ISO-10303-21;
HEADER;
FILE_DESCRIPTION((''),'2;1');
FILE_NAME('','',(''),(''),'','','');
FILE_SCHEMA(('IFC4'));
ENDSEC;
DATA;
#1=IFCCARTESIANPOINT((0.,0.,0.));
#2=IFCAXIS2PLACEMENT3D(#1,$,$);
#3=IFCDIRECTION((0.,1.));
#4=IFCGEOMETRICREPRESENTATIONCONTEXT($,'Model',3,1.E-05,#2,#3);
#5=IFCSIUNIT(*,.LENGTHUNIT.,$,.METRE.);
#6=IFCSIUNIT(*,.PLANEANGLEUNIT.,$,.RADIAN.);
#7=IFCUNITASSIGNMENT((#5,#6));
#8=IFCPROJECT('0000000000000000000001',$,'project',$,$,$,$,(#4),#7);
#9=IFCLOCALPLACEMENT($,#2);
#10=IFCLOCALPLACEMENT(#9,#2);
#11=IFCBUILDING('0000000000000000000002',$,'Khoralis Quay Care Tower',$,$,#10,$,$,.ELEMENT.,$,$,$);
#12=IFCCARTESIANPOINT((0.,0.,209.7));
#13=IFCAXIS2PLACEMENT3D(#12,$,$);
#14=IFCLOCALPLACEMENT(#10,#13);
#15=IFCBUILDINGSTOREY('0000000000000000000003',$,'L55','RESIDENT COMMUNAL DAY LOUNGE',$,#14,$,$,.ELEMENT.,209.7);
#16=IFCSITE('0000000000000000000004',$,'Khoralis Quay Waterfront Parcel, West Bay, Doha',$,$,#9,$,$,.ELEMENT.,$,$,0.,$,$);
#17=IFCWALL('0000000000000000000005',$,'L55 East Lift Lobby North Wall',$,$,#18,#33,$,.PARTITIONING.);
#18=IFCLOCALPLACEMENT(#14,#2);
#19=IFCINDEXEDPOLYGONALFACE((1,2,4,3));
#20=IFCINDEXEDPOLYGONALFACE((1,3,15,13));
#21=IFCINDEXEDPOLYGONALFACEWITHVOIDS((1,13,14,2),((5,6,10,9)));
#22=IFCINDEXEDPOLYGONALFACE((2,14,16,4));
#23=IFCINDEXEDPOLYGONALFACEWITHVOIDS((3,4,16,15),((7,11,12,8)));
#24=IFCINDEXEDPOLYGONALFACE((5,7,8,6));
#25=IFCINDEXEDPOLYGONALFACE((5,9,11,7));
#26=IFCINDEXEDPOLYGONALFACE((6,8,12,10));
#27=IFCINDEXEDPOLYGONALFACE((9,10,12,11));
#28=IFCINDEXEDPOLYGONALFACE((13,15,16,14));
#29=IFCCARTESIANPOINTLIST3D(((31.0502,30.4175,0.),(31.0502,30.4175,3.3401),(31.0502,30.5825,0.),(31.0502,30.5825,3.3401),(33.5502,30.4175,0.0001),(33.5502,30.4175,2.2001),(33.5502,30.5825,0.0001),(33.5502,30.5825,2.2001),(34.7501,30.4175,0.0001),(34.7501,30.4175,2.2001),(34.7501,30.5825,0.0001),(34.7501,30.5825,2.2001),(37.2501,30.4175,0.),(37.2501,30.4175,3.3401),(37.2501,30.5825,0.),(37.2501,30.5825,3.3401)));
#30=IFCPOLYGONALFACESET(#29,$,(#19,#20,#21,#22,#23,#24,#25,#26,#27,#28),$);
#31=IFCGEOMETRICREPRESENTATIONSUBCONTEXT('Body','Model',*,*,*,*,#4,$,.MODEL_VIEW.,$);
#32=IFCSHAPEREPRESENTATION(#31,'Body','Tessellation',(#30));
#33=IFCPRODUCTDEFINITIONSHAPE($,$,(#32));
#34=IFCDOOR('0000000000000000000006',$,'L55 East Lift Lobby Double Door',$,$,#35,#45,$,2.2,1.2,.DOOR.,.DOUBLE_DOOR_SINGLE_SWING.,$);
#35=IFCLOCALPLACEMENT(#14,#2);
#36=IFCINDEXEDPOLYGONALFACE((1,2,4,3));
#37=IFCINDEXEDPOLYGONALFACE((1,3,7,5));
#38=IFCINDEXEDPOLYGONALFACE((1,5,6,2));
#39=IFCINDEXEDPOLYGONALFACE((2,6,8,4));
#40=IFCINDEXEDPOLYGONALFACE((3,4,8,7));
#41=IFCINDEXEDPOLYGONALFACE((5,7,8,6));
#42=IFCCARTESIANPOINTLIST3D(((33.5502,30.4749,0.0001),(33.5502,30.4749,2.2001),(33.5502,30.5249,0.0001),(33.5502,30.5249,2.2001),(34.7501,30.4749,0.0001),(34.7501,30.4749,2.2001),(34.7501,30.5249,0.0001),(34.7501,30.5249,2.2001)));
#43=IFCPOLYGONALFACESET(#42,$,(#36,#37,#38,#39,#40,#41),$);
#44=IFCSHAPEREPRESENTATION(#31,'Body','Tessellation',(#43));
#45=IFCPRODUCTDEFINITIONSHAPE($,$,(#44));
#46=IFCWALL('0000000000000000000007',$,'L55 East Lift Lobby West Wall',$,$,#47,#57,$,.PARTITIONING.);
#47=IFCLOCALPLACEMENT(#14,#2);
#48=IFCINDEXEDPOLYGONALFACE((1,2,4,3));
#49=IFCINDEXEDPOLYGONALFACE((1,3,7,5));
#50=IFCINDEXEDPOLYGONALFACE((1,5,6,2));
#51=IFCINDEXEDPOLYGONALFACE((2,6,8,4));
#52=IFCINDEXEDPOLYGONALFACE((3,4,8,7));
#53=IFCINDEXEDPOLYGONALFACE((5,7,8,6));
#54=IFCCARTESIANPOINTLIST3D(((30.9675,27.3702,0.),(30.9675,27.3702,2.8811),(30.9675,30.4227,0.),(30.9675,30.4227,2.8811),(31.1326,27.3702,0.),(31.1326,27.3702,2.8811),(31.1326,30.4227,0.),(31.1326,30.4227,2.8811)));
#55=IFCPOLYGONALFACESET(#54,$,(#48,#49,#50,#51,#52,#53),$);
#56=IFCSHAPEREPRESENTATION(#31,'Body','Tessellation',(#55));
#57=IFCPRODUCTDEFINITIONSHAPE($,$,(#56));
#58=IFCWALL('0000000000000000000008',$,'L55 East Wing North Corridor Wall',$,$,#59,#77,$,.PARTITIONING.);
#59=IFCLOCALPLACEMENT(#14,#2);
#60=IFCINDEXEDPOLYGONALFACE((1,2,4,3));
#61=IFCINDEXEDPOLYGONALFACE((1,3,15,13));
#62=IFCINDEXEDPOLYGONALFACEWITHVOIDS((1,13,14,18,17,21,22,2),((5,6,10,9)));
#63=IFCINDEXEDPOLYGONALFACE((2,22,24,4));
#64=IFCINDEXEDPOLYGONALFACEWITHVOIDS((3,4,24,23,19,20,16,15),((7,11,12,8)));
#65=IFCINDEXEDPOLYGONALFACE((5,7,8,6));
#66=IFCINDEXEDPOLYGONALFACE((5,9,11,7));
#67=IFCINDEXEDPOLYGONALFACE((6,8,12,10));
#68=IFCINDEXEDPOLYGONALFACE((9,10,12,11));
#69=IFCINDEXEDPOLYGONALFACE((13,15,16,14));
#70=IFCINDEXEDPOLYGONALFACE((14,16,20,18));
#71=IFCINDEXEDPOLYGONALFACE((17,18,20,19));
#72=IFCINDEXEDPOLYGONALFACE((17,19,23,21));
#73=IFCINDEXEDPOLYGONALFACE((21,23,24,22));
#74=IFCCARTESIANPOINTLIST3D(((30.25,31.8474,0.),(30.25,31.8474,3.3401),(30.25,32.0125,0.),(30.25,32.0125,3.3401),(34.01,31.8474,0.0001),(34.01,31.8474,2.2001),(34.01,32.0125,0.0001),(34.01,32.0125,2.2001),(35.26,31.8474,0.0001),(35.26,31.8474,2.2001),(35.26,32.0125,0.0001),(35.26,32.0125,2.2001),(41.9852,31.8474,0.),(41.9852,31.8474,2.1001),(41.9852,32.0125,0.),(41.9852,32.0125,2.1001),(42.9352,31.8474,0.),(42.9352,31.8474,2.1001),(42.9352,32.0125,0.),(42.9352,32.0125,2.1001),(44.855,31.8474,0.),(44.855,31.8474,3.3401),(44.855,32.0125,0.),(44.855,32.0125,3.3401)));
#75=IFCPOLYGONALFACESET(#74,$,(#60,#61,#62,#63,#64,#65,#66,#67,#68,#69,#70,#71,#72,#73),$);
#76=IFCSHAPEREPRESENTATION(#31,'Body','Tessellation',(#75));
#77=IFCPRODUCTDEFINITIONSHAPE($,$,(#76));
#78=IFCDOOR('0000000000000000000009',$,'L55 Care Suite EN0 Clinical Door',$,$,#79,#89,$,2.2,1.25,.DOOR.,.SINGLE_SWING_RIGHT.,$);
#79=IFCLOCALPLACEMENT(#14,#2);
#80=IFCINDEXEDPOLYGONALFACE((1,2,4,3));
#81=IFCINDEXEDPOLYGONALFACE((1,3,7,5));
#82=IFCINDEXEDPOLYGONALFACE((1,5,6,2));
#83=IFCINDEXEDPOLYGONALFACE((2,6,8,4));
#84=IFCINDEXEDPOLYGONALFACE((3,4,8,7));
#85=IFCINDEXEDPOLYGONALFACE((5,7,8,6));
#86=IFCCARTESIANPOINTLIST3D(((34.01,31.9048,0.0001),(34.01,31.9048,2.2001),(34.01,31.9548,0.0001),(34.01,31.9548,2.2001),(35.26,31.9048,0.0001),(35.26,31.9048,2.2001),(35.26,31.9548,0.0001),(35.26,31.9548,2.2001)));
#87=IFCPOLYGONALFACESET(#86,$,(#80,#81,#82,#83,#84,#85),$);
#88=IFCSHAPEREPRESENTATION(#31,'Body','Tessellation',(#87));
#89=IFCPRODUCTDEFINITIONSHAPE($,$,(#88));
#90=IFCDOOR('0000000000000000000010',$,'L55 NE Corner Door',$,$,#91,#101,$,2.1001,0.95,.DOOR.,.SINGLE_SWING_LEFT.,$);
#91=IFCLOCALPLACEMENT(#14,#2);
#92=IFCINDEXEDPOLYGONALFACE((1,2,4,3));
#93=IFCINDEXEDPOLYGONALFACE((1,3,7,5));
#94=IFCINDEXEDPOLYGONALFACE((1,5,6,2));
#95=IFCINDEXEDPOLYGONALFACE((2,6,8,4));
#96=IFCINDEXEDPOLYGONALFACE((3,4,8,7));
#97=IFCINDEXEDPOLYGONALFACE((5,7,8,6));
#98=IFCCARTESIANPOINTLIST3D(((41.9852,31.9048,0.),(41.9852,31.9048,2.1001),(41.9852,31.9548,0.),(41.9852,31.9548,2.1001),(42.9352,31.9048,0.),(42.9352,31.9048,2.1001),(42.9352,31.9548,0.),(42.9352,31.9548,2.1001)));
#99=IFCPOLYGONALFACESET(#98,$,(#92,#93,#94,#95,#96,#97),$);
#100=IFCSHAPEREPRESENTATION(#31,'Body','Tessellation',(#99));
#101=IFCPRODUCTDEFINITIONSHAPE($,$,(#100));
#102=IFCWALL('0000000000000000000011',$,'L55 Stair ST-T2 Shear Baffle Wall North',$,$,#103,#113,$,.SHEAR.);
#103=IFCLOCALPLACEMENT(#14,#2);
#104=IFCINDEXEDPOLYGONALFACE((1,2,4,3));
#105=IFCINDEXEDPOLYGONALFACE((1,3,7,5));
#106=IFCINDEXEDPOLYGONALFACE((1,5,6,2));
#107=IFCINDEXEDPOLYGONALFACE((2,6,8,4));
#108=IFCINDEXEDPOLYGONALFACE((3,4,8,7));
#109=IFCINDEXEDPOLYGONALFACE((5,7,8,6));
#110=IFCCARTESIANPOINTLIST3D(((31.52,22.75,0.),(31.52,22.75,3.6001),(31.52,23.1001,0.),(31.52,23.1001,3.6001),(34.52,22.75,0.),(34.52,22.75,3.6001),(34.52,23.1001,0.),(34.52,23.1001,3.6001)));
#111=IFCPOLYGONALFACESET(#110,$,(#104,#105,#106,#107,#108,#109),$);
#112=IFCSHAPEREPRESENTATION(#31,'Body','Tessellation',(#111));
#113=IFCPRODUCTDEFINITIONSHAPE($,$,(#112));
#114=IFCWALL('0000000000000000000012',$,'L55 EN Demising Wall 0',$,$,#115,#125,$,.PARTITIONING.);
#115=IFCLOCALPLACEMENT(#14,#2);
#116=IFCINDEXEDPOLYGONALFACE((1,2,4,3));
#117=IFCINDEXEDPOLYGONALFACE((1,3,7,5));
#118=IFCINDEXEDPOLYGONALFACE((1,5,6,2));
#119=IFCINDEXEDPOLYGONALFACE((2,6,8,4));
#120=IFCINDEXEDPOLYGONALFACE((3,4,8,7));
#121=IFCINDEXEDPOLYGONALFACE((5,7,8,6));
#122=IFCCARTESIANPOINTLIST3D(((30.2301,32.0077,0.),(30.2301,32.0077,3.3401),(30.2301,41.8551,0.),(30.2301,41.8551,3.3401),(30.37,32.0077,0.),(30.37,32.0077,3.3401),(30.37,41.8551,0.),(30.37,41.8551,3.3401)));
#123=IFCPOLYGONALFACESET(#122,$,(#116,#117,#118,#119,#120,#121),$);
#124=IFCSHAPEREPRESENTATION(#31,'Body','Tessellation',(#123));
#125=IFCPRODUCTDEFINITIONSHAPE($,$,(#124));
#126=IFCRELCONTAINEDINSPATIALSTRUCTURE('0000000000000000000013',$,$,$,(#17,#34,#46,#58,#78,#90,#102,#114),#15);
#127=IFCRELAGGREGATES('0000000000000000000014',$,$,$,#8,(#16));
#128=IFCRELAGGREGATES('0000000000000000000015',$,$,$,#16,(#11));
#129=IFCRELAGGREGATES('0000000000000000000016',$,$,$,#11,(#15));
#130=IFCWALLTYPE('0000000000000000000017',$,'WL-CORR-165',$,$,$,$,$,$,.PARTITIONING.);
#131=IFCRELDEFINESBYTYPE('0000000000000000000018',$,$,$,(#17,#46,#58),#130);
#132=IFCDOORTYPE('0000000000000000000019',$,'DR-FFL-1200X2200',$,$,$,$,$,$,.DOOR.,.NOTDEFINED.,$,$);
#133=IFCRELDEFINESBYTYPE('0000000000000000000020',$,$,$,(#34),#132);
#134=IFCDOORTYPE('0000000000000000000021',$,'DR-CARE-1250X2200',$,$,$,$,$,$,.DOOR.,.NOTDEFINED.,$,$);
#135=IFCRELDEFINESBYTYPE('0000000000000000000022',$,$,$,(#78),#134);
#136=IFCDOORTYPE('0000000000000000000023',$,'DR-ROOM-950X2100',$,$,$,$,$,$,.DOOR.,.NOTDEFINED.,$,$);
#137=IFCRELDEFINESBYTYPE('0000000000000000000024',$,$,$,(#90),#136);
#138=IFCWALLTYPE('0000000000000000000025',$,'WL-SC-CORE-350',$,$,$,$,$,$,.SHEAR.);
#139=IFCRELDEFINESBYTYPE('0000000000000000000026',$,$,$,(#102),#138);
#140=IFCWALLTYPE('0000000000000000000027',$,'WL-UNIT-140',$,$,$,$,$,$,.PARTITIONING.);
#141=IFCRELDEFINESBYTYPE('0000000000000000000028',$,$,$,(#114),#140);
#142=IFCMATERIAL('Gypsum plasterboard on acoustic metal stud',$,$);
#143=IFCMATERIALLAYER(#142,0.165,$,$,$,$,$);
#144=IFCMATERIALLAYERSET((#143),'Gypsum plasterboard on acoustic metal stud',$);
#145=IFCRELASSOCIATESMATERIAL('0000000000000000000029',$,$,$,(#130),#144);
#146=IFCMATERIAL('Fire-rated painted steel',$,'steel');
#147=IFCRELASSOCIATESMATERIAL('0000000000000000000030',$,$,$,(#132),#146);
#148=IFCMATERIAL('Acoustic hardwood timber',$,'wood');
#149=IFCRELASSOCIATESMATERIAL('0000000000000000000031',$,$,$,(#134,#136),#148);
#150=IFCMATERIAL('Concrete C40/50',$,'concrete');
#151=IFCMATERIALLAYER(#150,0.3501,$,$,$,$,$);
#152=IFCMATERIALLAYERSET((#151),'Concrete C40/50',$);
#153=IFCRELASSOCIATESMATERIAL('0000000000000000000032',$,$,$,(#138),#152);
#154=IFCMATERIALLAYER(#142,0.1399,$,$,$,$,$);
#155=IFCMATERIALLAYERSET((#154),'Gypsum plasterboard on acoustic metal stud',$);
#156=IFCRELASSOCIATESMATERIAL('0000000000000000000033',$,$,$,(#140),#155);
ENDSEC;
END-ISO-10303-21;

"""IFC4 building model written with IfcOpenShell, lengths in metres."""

from ifc_helpers import new_model, si_unit, direction, frame, frame_2d, origin, place, context, subcontext, project, spatial, rectangle, extrude, source, transform, mapped, material, layer, layer_set, type_object, element, fill, save


model = new_model("IFC4")

# Units and contexts
model_context = context("Model", 3, precision=1e-05, world=origin(), true_north=direction((0.0, 1.0)))
body_context = subcontext(model_context, "Body", "Model", "MODEL_VIEW")
ifc_project = project(units=[si_unit("LENGTHUNIT", "METRE"), si_unit("PLANEANGLEUNIT", "RADIAN")], contexts=[model_context])

# Site, building, storey
site_placement = place(None, origin())
site = spatial("IfcSite", under=ifc_project, at=site_placement, Name="Khoralis Quay Waterfront Parcel, West Bay, Doha", CompositionType="ELEMENT", RefElevation=0.0)
building_placement = place(site_placement, origin())
building = spatial("IfcBuilding", under=site, at=building_placement, Name="Khoralis Quay Care Tower", CompositionType="ELEMENT")
storey_placement = place(building_placement, frame((0.0, 0.0, 209.7)))
storey = spatial("IfcBuildingStorey", under=building, at=storey_placement, Name="L55", Description="RESIDENT COMMUNAL DAY LOUNGE", CompositionType="ELEMENT", Elevation=209.7)

# Wall, opening, door
ifc_material_1 = material(Name="Gypsum plasterboard on acoustic metal stud")
ifc_layer_1 = layer(ifc_material_1, 0.165)
ifc_layer_set_1 = layer_set([ifc_layer_1], Name="Gypsum plasterboard on acoustic metal stud")
wall_type_1 = type_object("IfcWallType", Name="WL-CORR-165", PredefinedType="PARTITIONING", material=ifc_layer_set_1)
wall_1_placement = place(storey_placement, frame((31.05, 30.5, 0.0), z_axis=(0.0, 0.0, 1.0), x_axis=(1.0, 0.0, 0.0)))
wall_1 = element("IfcWall", 1, at=wall_1_placement, inside=storey, type_object=wall_type_1, Name="L55 East Lift Lobby North Wall", PredefinedType="PARTITIONING", context=body_context, shape_type="SweptSolid", body=[
    extrude(rectangle(XDim=6.2, YDim=0.165, at=frame_2d((3.1001, 0.0))), origin(), (0.0, 0.0, 1.0), 3.3401),
])
opening_1_placement = place(wall_1_placement, frame((2.5, 0.0, 0.0)))
opening_1 = element("IfcOpeningElement", 2, at=opening_1_placement, cuts=wall_1, PredefinedType="OPENING", context=body_context, shape_type="SweptSolid", body=[
    extrude(rectangle(XDim=1.2, YDim=2.2, at=frame_2d((0.6001, 1.1001))), frame((0.0, 0.0925, 0.0), z_axis=(0.0, -1.0, 0.0), x_axis=(1.0, 0.0, 0.0)), (0.0, 0.0, 1.0), 0.1851),
])
ifc_material_2 = material(Name="Fire-rated painted steel", Category="steel")
door_type_1 = type_object("IfcDoorType", Name="DR-FFL-1200X2200", OperationType="NOTDEFINED", PredefinedType="DOOR", material=ifc_material_2)
shared_shape_1 = source(origin(), body_context, "Body", "SweptSolid", [
    extrude(rectangle(XDim=1.2, YDim=2.2, at=frame_2d((0.6001, 1.1001))), frame((0.0, 0.0249, 0.0), z_axis=(0.0, -1.0, 0.0), x_axis=(1.0, 0.0, 0.0)), (0.0, 0.0, 1.0), 0.05),
])
door_1_placement = place(opening_1_placement, origin())
door_1 = element("IfcDoor", 3, at=door_1_placement, inside=storey, type_object=door_type_1, Name="L55 East Lift Lobby Double Door", OperationType="DOUBLE_DOOR_SINGLE_SWING", OverallHeight=2.2, OverallWidth=1.2, PredefinedType="DOOR", context=body_context, shape_type="MappedRepresentation", body=[
    mapped(shared_shape_1, transform((0.0, 0.0, 0.0), scale=1.0)),
])
fill(opening_1, door_1)

# Wall
wall_2_placement = place(storey_placement, frame((31.05, 27.3701, 0.0), z_axis=(0.0, 0.0, 1.0), x_axis=(0.0, 1.0, 0.0)))
element("IfcWall", 4, at=wall_2_placement, inside=storey, type_object=wall_type_1, Name="L55 East Lift Lobby West Wall", PredefinedType="PARTITIONING", context=body_context, shape_type="SweptSolid", body=[
    extrude(rectangle(XDim=3.0525, YDim=0.165, at=frame_2d((1.5264, 0.0))), origin(), (0.0, 0.0, 1.0), 2.8811),
])

# Wall, openings, doors
wall_3_placement = place(storey_placement, frame((30.25, 31.9299, 0.0), z_axis=(0.0, 0.0, 1.0), x_axis=(1.0, 0.0, 0.0)))
wall_3 = element("IfcWall", 5, at=wall_3_placement, inside=storey, type_object=wall_type_1, Name="L55 East Wing North Corridor Wall", PredefinedType="PARTITIONING", context=body_context, shape_type="SweptSolid", body=[
    extrude(rectangle(XDim=14.605, YDim=0.165, at=frame_2d((7.3025, 0.0))), origin(), (0.0, 0.0, 1.0), 3.3401),
])
opening_2_placement = place(wall_3_placement, frame((3.76, 0.0, 0.0)))
opening_2 = element("IfcOpeningElement", 6, at=opening_2_placement, cuts=wall_3, PredefinedType="OPENING", context=body_context, shape_type="SweptSolid", body=[
    extrude(rectangle(XDim=1.25, YDim=2.2, at=frame_2d((0.625, 1.1001))), frame((0.0, 0.0925, 0.0), z_axis=(0.0, -1.0, 0.0), x_axis=(1.0, 0.0, 0.0)), (0.0, 0.0, 1.0), 0.1851),
])
opening_3_placement = place(wall_3_placement, frame((11.7351, 0.0, 0.0)))
opening_3 = element("IfcOpeningElement", 7, at=opening_3_placement, cuts=wall_3, PredefinedType="OPENING", context=body_context, shape_type="SweptSolid", body=[
    extrude(rectangle(XDim=0.95, YDim=2.1001, at=frame_2d((0.4751, 1.05))), frame((0.0, 0.0925, 0.0), z_axis=(0.0, -1.0, 0.0), x_axis=(1.0, 0.0, 0.0)), (0.0, 0.0, 1.0), 0.1851),
])
ifc_material_3 = material(Name="Acoustic hardwood timber", Category="wood")
door_type_2 = type_object("IfcDoorType", Name="DR-CARE-1250X2200", OperationType="NOTDEFINED", PredefinedType="DOOR", material=ifc_material_3)
shared_shape_2 = source(origin(), body_context, "Body", "SweptSolid", [
    extrude(rectangle(XDim=1.25, YDim=2.2, at=frame_2d((0.625, 1.1001))), frame((0.0, 0.0249, 0.0), z_axis=(0.0, -1.0, 0.0), x_axis=(1.0, 0.0, 0.0)), (0.0, 0.0, 1.0), 0.05),
])
door_2_placement = place(opening_2_placement, origin())
door_2 = element("IfcDoor", 8, at=door_2_placement, inside=storey, type_object=door_type_2, Name="L55 Care Suite EN0 Clinical Door", OperationType="SINGLE_SWING_RIGHT", OverallHeight=2.2, OverallWidth=1.25, PredefinedType="DOOR", context=body_context, shape_type="MappedRepresentation", body=[
    mapped(shared_shape_2, transform((0.0, 0.0, 0.0), scale=1.0)),
])
fill(opening_2, door_2)
door_type_3 = type_object("IfcDoorType", Name="DR-ROOM-950X2100", OperationType="NOTDEFINED", PredefinedType="DOOR", material=ifc_material_3)
shared_shape_3 = source(origin(), body_context, "Body", "SweptSolid", [
    extrude(rectangle(XDim=0.95, YDim=2.1001, at=frame_2d((0.4751, 1.05))), frame((0.0, 0.0249, 0.0), z_axis=(0.0, -1.0, 0.0), x_axis=(1.0, 0.0, 0.0)), (0.0, 0.0, 1.0), 0.05),
])
door_3_placement = place(opening_3_placement, origin())
door_3 = element("IfcDoor", 9, at=door_3_placement, inside=storey, type_object=door_type_3, Name="L55 NE Corner Door", OperationType="SINGLE_SWING_LEFT", OverallHeight=2.1001, OverallWidth=0.95, PredefinedType="DOOR", context=body_context, shape_type="MappedRepresentation", body=[
    mapped(shared_shape_3, transform((0.0, 0.0, 0.0), scale=1.0)),
])
fill(opening_3, door_3)

# Walls
ifc_material_4 = material(Name="Concrete C40/50", Category="concrete")
ifc_layer_2 = layer(ifc_material_4, 0.3501)
ifc_layer_set_2 = layer_set([ifc_layer_2], Name="Concrete C40/50")
wall_type_2 = type_object("IfcWallType", Name="WL-SC-CORE-350", PredefinedType="SHEAR", material=ifc_layer_set_2)
wall_4_placement = place(storey_placement, frame((31.52, 22.925, 0.0), z_axis=(0.0, 0.0, 1.0), x_axis=(1.0, 0.0, 0.0)))
element("IfcWall", 10, at=wall_4_placement, inside=storey, type_object=wall_type_2, Name="L55 Stair ST-T2 Shear Baffle Wall North", PredefinedType="SHEAR", context=body_context, shape_type="SweptSolid", body=[
    extrude(rectangle(XDim=3.0, YDim=0.3501, at=frame_2d((1.5, 0.0))), origin(), (0.0, 0.0, 1.0), 3.6001),
])
ifc_layer_3 = layer(ifc_material_1, 0.1399)
ifc_layer_set_3 = layer_set([ifc_layer_3], Name="Gypsum plasterboard on acoustic metal stud")
wall_type_3 = type_object("IfcWallType", Name="WL-UNIT-140", PredefinedType="PARTITIONING", material=ifc_layer_set_3)
wall_5_placement = place(storey_placement, frame((30.3, 32.0076, 0.0), z_axis=(0.0, 0.0, 1.0), x_axis=(0.0, 1.0, 0.0)))
element("IfcWall", 11, at=wall_5_placement, inside=storey, type_object=wall_type_3, Name="L55 EN Demising Wall 0", PredefinedType="PARTITIONING", context=body_context, shape_type="SweptSolid", body=[
    extrude(rectangle(XDim=9.8474, YDim=0.1399, at=frame_2d((4.9238, 0.0))), origin(), (0.0, 0.0, 1.0), 3.3401),
])

save(model, "model.ifc")
